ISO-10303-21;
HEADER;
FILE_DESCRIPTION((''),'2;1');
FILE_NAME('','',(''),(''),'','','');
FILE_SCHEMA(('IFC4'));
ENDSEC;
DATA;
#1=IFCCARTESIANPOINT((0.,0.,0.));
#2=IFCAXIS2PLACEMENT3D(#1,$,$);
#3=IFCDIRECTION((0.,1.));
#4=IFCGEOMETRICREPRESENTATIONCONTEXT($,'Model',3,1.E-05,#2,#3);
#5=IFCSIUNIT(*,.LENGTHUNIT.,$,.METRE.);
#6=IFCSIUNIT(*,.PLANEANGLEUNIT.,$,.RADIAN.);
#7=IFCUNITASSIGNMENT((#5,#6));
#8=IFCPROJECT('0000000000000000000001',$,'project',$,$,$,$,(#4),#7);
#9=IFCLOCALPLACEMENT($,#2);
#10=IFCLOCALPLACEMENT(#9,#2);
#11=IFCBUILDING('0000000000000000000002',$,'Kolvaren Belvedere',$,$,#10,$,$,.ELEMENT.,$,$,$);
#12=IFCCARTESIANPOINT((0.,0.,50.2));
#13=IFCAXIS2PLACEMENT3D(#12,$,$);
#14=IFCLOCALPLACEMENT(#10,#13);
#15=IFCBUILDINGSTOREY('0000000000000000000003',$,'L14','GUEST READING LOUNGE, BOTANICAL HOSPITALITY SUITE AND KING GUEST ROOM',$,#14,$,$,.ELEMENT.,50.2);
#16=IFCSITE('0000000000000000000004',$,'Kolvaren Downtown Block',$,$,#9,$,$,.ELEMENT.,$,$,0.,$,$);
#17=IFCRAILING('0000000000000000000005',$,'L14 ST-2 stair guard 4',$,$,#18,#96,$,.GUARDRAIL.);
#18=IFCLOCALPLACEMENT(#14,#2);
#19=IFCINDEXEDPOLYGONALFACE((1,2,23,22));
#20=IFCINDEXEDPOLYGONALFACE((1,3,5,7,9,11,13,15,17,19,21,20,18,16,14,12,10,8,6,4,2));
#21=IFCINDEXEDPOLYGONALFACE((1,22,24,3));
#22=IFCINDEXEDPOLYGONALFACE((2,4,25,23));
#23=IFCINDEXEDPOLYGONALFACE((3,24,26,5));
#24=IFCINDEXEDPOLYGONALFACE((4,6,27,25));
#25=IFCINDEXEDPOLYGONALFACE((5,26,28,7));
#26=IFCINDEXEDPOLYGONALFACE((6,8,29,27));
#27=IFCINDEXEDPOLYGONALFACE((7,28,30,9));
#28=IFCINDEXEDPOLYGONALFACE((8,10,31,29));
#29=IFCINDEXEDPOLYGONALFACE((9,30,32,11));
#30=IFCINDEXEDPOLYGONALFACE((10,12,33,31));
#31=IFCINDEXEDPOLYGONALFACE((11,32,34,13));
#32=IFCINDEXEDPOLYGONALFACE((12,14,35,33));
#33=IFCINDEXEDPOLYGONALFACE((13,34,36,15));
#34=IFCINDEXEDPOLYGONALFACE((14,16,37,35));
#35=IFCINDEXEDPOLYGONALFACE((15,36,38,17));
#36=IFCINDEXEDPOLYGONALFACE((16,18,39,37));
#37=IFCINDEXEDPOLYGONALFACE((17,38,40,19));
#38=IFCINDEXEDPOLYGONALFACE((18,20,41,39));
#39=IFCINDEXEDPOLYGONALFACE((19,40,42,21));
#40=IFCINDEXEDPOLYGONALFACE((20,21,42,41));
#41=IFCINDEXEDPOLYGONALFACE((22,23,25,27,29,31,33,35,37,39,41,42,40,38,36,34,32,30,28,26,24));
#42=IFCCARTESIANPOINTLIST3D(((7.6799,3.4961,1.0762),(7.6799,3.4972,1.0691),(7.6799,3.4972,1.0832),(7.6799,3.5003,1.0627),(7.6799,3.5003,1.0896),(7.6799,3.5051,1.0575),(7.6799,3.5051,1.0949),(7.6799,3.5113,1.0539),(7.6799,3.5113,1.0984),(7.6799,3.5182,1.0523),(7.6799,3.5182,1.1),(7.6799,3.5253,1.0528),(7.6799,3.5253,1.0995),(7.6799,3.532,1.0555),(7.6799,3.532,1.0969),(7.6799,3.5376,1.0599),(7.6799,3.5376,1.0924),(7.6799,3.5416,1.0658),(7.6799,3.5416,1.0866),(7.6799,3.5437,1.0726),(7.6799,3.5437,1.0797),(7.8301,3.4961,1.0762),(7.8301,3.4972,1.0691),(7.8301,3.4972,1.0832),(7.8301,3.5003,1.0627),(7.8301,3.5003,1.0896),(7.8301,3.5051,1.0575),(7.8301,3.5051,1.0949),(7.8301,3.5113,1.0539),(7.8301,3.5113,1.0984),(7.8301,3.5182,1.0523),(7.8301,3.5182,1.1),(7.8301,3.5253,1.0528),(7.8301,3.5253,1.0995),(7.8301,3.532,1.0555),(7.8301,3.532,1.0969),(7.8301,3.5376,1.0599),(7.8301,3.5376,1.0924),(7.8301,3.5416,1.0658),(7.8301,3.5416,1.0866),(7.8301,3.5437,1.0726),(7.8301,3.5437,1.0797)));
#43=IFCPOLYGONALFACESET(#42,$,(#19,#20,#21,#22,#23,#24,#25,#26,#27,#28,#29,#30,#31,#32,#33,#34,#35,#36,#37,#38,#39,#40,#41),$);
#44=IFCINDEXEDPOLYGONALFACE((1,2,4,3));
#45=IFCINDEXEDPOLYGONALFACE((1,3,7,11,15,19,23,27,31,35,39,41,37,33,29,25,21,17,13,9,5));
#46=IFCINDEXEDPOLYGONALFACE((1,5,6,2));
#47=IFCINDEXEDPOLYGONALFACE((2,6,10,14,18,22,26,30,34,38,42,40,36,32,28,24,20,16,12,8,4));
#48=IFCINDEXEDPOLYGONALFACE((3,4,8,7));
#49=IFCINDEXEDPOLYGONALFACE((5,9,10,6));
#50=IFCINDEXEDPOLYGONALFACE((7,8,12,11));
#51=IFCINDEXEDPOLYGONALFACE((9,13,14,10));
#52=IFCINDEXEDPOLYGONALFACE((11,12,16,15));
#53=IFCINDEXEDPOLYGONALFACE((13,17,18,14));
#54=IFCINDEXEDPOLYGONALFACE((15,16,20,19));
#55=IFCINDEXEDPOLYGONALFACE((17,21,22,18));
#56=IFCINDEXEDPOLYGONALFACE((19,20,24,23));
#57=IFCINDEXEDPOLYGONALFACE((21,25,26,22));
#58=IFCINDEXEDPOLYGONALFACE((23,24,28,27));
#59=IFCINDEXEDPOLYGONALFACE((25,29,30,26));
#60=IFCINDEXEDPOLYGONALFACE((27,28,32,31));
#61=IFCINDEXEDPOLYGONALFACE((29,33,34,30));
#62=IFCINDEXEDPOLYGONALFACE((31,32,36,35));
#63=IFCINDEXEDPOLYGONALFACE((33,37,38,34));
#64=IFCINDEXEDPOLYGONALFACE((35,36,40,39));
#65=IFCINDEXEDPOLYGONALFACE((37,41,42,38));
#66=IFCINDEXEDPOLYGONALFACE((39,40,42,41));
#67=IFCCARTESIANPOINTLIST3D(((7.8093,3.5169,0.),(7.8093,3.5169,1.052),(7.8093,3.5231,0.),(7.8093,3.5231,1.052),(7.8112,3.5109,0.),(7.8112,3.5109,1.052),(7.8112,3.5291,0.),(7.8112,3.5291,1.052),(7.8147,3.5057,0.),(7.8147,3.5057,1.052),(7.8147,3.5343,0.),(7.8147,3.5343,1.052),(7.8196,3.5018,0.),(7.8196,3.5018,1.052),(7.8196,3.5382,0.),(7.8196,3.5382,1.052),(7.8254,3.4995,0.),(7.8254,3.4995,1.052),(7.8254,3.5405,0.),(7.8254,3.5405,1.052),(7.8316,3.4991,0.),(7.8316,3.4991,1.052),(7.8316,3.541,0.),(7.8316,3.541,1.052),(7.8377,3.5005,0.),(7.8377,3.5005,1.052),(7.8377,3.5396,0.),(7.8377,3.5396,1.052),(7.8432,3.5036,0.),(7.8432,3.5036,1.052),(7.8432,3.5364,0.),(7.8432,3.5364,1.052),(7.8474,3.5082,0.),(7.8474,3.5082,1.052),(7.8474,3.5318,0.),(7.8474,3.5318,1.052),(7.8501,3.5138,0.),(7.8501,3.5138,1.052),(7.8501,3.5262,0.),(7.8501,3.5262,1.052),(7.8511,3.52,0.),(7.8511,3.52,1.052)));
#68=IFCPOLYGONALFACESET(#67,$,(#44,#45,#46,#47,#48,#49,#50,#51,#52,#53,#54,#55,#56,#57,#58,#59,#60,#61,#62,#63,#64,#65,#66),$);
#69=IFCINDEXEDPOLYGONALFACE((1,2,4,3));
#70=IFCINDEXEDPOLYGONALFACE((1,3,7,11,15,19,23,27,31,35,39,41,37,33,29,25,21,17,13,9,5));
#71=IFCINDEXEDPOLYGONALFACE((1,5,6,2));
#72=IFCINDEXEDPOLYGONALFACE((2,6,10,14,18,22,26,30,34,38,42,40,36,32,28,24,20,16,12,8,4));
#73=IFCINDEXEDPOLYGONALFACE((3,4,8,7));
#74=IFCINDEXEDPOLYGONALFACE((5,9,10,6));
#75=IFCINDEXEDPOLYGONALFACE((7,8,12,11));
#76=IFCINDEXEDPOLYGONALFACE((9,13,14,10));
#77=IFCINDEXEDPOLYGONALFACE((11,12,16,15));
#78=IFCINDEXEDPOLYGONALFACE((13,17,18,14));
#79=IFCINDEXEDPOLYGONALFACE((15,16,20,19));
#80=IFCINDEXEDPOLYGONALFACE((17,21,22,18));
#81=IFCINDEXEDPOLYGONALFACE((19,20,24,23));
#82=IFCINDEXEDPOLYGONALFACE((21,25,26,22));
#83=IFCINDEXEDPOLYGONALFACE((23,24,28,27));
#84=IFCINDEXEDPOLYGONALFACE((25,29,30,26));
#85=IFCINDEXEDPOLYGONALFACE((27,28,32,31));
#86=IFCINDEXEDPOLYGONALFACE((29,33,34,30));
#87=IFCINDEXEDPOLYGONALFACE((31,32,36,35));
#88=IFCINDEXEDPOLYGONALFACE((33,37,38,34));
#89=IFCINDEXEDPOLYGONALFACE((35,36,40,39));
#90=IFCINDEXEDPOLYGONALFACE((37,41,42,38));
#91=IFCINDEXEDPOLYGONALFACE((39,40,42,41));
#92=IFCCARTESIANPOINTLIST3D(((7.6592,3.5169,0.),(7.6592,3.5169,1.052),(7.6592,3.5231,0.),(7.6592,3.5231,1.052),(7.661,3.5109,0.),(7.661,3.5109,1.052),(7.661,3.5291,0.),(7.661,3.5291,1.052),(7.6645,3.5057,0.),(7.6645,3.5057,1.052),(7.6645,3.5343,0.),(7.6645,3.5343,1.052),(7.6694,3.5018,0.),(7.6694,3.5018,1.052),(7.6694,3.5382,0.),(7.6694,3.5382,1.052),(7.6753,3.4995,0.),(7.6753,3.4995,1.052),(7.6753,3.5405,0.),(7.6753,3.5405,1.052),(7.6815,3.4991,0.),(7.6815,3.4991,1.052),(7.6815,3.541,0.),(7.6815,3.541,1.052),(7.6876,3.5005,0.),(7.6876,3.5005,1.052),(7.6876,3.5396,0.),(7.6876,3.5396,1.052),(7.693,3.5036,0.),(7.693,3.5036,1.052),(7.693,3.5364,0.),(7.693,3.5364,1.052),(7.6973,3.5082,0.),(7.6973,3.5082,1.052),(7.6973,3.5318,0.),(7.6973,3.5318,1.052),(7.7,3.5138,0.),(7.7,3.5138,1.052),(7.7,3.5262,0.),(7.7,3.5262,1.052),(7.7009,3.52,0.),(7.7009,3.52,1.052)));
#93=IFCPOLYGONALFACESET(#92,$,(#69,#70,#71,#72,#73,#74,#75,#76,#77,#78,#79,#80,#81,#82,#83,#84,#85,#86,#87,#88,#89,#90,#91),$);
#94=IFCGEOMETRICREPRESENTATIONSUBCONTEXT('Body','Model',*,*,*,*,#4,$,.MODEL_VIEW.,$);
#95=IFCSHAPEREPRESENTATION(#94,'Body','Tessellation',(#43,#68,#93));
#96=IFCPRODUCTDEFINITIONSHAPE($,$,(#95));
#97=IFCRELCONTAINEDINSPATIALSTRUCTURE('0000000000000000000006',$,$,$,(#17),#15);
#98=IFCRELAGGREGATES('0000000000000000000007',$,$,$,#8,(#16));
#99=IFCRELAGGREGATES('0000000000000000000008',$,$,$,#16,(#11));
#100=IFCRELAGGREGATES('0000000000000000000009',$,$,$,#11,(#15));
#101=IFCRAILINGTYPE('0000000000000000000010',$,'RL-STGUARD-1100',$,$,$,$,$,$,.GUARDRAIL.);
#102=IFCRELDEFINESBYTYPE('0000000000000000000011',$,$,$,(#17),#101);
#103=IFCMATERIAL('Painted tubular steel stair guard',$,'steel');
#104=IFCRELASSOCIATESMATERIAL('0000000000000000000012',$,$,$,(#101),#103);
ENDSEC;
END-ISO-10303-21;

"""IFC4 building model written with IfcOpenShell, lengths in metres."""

from ifc_helpers import new_model, si_unit, direction, frame, origin, origin_2d, place, context, subcontext, project, spatial, circle, extrude, material, type_object, element, save


model = new_model("IFC4")

# Units and contexts
model_context = context("Model", 3, precision=1e-05, world=origin(), true_north=direction((0.0, 1.0)))
body_context = subcontext(model_context, "Body", "Model", "MODEL_VIEW")
ifc_project = project(units=[si_unit("LENGTHUNIT", "METRE"), si_unit("PLANEANGLEUNIT", "RADIAN")], contexts=[model_context])

# Site, building, storey
site_placement = place(None, origin())
site = spatial("IfcSite", under=ifc_project, at=site_placement, Name="Kolvaren Downtown Block", CompositionType="ELEMENT", RefElevation=0.0)
building_placement = place(site_placement, origin())
building = spatial("IfcBuilding", under=site, at=building_placement, Name="Kolvaren Belvedere", CompositionType="ELEMENT")
storey_placement = place(building_placement, frame((0.0, 0.0, 50.2)))
storey = spatial("IfcBuildingStorey", under=building, at=storey_placement, Name="L14", Description="GUEST READING LOUNGE, BOTANICAL HOSPITALITY SUITE AND KING GUEST ROOM", CompositionType="ELEMENT", Elevation=50.2)

# Railing
ifc_material_1 = material(Name="Painted tubular steel stair guard", Category="steel")
railing_type_1 = type_object("IfcRailingType", Name="RL-STGUARD-1100", PredefinedType="GUARDRAIL", material=ifc_material_1)
railing_1_placement = place(storey_placement, frame((7.8301, 3.52, 0.0)))
element("IfcRailing", 1, at=railing_1_placement, inside=storey, type_object=railing_type_1, Name="L14 ST-2 stair guard 4", PredefinedType="GUARDRAIL", context=body_context, shape_type="SweptSolid", body=[
    extrude(circle(Radius=0.0239, at=origin_2d()), frame((0.0, 0.0, 1.0762), z_axis=(-1.0, 0.0, 0.0), x_axis=(0.0, -1.0, 0.0)), (0.0, 0.0, 1.0), 0.1501),
    extrude(circle(Radius=0.021, at=origin_2d()), origin(), (0.0, 0.0, 1.0), 1.052),
    extrude(circle(Radius=0.021, at=origin_2d()), frame((-0.1501, 0.0, 0.0)), (0.0, 0.0, 1.0), 1.052),
])

save(model, "model.ifc")
